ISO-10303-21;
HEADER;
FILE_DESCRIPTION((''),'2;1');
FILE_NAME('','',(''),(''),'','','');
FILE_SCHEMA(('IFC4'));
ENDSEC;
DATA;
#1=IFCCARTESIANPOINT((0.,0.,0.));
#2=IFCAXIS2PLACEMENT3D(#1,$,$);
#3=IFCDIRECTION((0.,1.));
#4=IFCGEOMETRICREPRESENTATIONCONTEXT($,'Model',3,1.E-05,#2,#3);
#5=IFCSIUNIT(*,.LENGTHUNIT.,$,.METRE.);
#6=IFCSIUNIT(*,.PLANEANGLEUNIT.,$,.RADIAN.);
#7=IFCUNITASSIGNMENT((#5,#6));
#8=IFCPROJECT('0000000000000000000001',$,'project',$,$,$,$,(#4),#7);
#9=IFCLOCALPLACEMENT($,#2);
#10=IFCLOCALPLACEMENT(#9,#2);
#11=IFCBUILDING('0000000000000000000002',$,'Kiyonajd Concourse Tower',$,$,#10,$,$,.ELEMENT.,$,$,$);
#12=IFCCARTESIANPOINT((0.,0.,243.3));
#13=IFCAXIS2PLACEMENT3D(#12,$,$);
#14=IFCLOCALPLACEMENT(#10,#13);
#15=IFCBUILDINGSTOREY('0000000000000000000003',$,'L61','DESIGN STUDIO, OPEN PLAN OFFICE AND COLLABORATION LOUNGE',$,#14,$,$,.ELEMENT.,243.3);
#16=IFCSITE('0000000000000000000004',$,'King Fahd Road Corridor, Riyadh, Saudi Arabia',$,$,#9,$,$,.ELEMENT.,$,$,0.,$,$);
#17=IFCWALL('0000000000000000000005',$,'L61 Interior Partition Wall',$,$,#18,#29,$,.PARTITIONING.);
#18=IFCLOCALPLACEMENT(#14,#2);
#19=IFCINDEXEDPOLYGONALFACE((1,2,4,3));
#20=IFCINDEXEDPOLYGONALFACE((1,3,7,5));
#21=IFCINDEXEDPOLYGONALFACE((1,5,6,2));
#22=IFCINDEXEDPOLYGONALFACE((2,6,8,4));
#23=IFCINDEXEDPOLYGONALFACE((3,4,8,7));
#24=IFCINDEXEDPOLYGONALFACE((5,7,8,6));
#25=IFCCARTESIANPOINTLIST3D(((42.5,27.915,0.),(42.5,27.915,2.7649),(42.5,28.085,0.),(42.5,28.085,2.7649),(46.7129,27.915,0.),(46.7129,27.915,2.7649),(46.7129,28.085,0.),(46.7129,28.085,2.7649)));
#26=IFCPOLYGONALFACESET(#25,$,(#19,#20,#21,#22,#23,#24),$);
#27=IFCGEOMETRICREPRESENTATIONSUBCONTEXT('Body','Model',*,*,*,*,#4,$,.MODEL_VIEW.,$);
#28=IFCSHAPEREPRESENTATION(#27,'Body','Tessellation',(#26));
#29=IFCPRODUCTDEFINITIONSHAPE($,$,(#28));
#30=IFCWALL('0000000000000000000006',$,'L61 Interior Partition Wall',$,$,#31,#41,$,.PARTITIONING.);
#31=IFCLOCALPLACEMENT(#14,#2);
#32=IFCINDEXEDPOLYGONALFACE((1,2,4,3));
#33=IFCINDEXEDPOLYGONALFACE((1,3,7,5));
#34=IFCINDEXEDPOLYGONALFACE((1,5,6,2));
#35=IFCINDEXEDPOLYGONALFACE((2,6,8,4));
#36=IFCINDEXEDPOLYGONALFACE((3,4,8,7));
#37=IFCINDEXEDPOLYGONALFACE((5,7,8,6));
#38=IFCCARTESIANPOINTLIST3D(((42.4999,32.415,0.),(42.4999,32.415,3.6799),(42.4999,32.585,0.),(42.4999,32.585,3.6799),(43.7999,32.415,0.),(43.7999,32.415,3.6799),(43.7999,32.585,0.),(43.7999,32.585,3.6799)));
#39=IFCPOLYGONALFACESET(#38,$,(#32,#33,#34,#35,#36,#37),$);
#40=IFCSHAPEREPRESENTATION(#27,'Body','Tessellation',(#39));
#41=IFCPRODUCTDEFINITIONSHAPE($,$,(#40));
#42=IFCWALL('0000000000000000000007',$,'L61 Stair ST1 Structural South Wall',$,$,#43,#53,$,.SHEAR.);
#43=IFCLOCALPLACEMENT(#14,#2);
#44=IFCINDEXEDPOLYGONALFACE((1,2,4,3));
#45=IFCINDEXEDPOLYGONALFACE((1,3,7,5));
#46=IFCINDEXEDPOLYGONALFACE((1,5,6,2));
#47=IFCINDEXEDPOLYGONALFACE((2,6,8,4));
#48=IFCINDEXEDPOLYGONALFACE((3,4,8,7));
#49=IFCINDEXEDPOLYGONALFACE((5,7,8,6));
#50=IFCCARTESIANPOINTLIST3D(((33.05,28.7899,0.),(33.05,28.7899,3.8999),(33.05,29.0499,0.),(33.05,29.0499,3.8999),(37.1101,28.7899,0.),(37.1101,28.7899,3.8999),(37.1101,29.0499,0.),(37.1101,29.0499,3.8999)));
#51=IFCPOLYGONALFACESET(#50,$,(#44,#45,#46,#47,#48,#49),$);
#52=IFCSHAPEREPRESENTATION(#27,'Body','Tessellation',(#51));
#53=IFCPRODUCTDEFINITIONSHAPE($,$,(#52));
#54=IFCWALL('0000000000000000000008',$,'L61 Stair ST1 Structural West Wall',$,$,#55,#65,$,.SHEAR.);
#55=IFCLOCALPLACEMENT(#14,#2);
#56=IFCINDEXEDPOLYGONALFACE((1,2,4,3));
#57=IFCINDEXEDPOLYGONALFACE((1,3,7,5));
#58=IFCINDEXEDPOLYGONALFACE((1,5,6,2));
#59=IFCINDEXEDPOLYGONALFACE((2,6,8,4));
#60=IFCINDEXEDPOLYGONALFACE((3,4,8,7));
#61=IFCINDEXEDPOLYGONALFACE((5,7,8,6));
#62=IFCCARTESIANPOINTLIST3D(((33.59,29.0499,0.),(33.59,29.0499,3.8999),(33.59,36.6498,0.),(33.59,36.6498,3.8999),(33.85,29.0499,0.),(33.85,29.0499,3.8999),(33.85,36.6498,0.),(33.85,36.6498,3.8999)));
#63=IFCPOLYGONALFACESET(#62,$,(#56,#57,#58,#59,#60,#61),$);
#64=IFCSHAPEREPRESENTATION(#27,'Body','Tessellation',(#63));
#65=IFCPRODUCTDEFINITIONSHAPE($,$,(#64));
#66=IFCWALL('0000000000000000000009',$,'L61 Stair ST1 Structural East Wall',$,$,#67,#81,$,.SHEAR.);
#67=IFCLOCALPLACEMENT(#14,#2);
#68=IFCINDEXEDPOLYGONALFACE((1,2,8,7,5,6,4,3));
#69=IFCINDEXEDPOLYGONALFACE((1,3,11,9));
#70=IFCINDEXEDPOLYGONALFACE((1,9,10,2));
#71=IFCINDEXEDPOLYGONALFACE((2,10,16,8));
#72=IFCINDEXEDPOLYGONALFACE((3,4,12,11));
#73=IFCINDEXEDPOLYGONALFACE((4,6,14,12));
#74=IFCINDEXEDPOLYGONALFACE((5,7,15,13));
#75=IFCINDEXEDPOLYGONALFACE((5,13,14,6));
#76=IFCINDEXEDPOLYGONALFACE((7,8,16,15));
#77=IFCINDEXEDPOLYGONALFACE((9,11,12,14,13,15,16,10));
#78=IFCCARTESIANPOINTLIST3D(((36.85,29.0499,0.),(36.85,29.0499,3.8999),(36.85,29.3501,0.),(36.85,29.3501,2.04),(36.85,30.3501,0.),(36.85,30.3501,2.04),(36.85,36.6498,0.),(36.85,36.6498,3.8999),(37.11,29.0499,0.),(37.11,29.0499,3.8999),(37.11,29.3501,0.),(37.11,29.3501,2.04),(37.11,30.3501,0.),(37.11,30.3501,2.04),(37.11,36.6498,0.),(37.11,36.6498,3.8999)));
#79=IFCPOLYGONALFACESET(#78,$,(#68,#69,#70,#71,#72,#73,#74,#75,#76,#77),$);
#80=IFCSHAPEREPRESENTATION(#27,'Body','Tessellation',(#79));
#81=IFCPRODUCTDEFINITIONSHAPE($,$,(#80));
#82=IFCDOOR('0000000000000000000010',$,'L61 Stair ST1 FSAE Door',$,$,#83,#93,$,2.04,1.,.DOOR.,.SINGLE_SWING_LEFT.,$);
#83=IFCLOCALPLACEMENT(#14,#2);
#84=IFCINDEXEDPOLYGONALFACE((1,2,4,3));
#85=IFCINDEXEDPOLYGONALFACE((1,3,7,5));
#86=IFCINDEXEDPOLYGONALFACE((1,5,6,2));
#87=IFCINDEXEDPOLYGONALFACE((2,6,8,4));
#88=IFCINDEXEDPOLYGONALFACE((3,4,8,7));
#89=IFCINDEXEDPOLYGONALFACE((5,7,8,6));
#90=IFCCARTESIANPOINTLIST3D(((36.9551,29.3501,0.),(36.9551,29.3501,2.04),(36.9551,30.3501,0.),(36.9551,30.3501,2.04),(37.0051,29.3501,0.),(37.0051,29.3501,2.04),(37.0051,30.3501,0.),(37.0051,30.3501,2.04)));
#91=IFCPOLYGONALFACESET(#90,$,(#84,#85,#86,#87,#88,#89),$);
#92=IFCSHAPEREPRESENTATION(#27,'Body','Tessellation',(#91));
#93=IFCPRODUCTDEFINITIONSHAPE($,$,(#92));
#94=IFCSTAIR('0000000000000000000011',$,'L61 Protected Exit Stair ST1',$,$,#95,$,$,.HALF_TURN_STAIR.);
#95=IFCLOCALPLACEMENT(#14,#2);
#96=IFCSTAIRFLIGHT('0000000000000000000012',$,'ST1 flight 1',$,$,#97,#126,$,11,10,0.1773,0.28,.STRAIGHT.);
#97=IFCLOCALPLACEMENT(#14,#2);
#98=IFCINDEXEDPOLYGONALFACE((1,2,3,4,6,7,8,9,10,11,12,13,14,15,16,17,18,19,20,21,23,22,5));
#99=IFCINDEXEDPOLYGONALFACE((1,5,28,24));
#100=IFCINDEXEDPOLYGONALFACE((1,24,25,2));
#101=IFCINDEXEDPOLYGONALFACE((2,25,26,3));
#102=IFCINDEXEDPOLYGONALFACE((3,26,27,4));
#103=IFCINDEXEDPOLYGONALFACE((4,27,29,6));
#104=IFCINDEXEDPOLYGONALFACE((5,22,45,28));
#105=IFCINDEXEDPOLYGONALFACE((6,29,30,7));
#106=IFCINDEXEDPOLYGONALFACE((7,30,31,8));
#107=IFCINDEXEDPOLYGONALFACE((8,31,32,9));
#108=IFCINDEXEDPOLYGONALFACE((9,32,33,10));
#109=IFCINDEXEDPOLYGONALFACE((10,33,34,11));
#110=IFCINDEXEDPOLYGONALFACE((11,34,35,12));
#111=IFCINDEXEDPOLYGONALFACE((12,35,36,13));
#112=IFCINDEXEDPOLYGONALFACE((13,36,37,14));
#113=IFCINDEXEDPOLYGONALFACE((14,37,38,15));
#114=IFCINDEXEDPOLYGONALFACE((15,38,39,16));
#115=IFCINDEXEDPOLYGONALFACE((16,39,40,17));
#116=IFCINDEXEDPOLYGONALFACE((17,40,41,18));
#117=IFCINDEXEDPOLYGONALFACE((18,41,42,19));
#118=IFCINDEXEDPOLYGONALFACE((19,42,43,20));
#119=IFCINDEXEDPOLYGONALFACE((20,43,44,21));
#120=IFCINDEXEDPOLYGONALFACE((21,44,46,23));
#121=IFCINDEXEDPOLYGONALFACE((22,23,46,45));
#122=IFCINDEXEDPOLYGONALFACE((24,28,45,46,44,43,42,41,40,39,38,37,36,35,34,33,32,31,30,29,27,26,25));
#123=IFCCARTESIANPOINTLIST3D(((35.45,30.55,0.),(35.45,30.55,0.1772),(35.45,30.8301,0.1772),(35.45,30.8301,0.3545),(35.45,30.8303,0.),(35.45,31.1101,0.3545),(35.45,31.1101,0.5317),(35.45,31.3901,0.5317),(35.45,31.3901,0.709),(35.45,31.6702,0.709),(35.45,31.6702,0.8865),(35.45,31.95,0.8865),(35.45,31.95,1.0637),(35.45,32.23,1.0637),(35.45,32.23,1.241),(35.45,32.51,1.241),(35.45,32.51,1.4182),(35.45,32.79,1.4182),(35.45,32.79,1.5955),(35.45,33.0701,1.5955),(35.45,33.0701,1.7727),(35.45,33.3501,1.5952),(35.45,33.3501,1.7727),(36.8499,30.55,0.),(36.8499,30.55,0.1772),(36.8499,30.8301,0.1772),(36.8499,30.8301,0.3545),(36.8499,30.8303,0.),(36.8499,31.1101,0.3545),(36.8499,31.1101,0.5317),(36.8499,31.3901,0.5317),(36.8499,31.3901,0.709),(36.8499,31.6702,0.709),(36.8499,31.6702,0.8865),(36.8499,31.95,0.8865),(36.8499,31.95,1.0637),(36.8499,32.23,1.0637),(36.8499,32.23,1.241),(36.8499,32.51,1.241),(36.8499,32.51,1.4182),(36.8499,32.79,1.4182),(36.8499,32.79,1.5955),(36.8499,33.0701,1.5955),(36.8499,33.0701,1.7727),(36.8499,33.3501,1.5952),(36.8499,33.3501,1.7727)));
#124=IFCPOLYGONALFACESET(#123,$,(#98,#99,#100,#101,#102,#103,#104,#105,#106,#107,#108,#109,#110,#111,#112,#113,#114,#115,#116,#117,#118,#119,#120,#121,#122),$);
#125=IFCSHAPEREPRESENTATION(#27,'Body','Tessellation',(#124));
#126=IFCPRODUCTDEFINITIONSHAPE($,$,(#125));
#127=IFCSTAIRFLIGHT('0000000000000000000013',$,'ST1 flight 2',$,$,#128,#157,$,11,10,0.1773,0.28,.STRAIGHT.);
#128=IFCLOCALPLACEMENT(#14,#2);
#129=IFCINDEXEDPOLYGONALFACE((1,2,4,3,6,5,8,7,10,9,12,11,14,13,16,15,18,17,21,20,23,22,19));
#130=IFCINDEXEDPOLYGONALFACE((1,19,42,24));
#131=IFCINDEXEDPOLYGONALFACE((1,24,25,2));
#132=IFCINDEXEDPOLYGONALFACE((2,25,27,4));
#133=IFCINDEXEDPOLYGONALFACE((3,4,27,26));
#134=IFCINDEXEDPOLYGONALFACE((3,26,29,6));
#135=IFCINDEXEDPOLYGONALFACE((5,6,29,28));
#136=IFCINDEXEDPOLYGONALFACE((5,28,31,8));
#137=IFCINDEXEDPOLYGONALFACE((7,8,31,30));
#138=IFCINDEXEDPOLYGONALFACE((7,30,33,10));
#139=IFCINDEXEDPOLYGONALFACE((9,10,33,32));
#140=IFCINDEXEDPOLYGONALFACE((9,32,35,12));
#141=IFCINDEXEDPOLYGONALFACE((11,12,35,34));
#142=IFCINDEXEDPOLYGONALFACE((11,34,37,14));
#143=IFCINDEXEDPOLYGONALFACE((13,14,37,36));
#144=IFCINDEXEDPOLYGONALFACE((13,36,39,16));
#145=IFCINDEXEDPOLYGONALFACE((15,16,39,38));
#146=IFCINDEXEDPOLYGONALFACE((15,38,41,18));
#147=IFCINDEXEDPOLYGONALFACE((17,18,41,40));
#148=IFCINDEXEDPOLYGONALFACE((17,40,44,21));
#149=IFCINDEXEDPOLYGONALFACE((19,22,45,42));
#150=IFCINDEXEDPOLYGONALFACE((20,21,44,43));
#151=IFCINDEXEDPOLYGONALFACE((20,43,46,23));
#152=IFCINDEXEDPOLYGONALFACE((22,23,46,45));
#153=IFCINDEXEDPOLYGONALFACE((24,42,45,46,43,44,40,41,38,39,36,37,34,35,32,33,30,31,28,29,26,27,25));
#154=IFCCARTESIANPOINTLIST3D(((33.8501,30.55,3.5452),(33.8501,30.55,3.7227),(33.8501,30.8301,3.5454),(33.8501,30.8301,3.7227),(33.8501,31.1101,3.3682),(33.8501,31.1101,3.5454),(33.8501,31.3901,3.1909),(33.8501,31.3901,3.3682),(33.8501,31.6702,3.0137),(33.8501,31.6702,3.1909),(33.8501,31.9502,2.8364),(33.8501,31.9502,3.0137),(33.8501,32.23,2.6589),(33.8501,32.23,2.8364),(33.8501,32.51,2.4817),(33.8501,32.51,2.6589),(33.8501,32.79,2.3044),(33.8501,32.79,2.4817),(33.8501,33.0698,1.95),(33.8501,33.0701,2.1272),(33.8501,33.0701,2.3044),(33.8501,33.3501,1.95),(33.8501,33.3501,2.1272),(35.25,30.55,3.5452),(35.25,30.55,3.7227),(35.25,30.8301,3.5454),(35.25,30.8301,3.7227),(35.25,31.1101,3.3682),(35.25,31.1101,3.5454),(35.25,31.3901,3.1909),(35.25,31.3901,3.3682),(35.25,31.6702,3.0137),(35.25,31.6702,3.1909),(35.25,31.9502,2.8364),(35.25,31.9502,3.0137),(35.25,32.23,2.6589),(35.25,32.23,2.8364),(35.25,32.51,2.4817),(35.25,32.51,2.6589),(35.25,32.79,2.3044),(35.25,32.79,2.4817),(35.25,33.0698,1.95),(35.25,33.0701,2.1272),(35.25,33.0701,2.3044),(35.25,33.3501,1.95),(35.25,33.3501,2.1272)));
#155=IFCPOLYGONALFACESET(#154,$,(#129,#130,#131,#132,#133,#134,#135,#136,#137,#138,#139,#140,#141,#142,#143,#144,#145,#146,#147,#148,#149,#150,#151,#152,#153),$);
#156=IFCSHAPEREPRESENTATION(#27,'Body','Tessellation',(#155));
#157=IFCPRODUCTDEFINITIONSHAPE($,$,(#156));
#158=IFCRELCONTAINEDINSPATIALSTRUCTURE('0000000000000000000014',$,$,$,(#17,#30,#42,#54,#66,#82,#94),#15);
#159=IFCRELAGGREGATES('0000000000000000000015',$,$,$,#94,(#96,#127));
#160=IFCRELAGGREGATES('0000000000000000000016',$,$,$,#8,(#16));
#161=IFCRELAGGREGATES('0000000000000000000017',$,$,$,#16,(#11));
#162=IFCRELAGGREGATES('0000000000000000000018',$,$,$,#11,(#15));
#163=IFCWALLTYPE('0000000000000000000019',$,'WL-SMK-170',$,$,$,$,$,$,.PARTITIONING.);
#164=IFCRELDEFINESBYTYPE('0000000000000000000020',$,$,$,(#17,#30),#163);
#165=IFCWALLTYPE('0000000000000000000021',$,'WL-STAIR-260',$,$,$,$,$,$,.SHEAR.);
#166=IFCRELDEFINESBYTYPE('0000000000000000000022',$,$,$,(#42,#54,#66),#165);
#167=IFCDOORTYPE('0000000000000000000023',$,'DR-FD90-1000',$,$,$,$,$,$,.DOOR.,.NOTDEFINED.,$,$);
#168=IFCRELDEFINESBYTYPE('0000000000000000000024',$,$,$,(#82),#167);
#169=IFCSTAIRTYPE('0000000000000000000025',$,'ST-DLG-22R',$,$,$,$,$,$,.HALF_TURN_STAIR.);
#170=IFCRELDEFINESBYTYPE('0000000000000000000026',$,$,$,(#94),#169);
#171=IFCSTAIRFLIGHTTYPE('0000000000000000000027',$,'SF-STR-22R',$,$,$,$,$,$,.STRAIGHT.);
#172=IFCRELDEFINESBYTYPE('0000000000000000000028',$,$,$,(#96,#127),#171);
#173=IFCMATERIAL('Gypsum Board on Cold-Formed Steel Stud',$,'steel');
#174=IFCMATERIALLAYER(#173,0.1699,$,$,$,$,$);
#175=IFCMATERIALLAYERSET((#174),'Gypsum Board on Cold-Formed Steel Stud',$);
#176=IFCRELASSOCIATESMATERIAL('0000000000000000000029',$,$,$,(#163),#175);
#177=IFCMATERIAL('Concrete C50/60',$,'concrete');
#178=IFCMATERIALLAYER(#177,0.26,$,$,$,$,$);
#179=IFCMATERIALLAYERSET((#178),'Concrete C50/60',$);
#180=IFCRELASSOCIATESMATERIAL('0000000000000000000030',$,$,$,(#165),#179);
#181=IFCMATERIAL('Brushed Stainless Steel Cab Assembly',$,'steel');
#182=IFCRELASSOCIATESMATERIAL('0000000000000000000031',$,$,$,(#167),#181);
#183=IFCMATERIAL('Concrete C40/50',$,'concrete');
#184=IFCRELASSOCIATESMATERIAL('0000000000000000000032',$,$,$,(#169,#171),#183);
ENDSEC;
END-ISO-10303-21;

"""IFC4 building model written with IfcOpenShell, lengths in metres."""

from ifc_helpers import new_model, si_unit, direction, frame, frame_2d, origin, place, context, subcontext, project, spatial, polyline, rectangle, outline, extrude, material, layer, layer_set, type_object, element, fill, aggregate, save


model = new_model("IFC4")

# Units and contexts
model_context = context("Model", 3, precision=1e-05, world=origin(), true_north=direction((0.0, 1.0)))
body_context = subcontext(model_context, "Body", "Model", "MODEL_VIEW")
ifc_project = project(units=[si_unit("LENGTHUNIT", "METRE"), si_unit("PLANEANGLEUNIT", "RADIAN")], contexts=[model_context])

# Site, building, storey
site_placement = place(None, origin())
site = spatial("IfcSite", under=ifc_project, at=site_placement, Name="King Fahd Road Corridor, Riyadh, Saudi Arabia", CompositionType="ELEMENT", RefElevation=0.0)
building_placement = place(site_placement, origin())
building = spatial("IfcBuilding", under=site, at=building_placement, Name="Kiyonajd Concourse Tower", CompositionType="ELEMENT")
storey_placement = place(building_placement, frame((0.0, 0.0, 243.3)))
storey = spatial("IfcBuildingStorey", under=building, at=storey_placement, Name="L61", Description="DESIGN STUDIO, OPEN PLAN OFFICE AND COLLABORATION LOUNGE", CompositionType="ELEMENT", Elevation=243.3)

# Shared definitions
ifc_material_1 = material(Name="Concrete C50/60", Category="concrete")

# Shared definitions
ifc_material_2 = material(Name="Gypsum Board on Cold-Formed Steel Stud", Category="steel")

# Shared definitions
ifc_material_3 = material(Name="Brushed Stainless Steel Cab Assembly", Category="steel")

# Walls
ifc_layer_1 = layer(ifc_material_2, 0.1699)
ifc_layer_set_1 = layer_set([ifc_layer_1], Name="Gypsum Board on Cold-Formed Steel Stud")
wall_type_1 = type_object("IfcWallType", Name="WL-SMK-170", PredefinedType="PARTITIONING", material=ifc_layer_set_1)
wall_1_placement = place(storey_placement, frame((42.5, 28.0, 0.0), z_axis=(0.0, 0.0, 1.0), x_axis=(1.0, 0.0, 0.0)))
element("IfcWall", 1, at=wall_1_placement, inside=storey, type_object=wall_type_1, Name="L61 Interior Partition Wall", PredefinedType="PARTITIONING", context=body_context, shape_type="SweptSolid", body=[
    extrude(rectangle(XDim=4.2129, YDim=0.1699, at=frame_2d((2.1064, 0.0))), origin(), (0.0, 0.0, 1.0), 2.7649),
])
wall_2_placement = place(storey_placement, frame((42.5, 32.5, 0.0), z_axis=(0.0, 0.0, 1.0), x_axis=(1.0, 0.0, 0.0)))
element("IfcWall", 2, at=wall_2_placement, inside=storey, type_object=wall_type_1, Name="L61 Interior Partition Wall", PredefinedType="PARTITIONING", context=body_context, shape_type="SweptSolid", body=[
    extrude(rectangle(XDim=1.3, YDim=0.1699, at=frame_2d((0.6499, 0.0))), origin(), (0.0, 0.0, 1.0), 3.6799),
])
ifc_layer_2 = layer(ifc_material_1, 0.26)
ifc_layer_set_2 = layer_set([ifc_layer_2], Name="Concrete C50/60")
wall_type_2 = type_object("IfcWallType", Name="WL-STAIR-260", PredefinedType="SHEAR", material=ifc_layer_set_2)
wall_3_placement = place(storey_placement, frame((33.05, 28.9199, 0.0), z_axis=(0.0, 0.0, 1.0), x_axis=(1.0, 0.0, 0.0)))
element("IfcWall", 3, at=wall_3_placement, inside=storey, type_object=wall_type_2, Name="L61 Stair ST1 Structural South Wall", PredefinedType="SHEAR", context=body_context, shape_type="SweptSolid", body=[
    extrude(rectangle(XDim=4.0601, YDim=0.26, at=frame_2d((2.03, 0.0))), origin(), (0.0, 0.0, 1.0), 3.8999),
])
wall_4_placement = place(storey_placement, frame((33.72, 29.05, 0.0), z_axis=(0.0, 0.0, 1.0), x_axis=(0.0, 1.0, 0.0)))
element("IfcWall", 4, at=wall_4_placement, inside=storey, type_object=wall_type_2, Name="L61 Stair ST1 Structural West Wall", PredefinedType="SHEAR", context=body_context, shape_type="SweptSolid", body=[
    extrude(rectangle(XDim=7.5999, YDim=0.26, at=frame_2d((3.7998, 0.0))), origin(), (0.0, 0.0, 1.0), 3.8999),
])

# Wall, opening, door
wall_5_placement = place(storey_placement, frame((36.98, 29.05, 0.0), z_axis=(0.0, 0.0, 1.0), x_axis=(0.0, 1.0, 0.0)))
wall_5 = element("IfcWall", 5, at=wall_5_placement, inside=storey, type_object=wall_type_2, Name="L61 Stair ST1 Structural East Wall", PredefinedType="SHEAR", context=body_context, shape_type="SweptSolid", body=[
    extrude(rectangle(XDim=7.5999, YDim=0.26, at=frame_2d((3.7998, 0.0))), origin(), (0.0, 0.0, 1.0), 3.8999),
])
opening_1_placement = place(wall_5_placement, frame((0.3, 0.0, 0.0)))
opening_1 = element("IfcOpeningElement", 6, at=opening_1_placement, cuts=wall_5, PredefinedType="OPENING", context=body_context, shape_type="SweptSolid", body=[
    extrude(rectangle(XDim=1.0, YDim=2.04, at=frame_2d((0.5, 1.02))), frame((0.0, 0.1399, 0.0), z_axis=(0.0, -1.0, 0.0), x_axis=(1.0, 0.0, 0.0)), (0.0, 0.0, 1.0), 0.28),
])
door_type_1 = type_object("IfcDoorType", Name="DR-FD90-1000", OperationType="NOTDEFINED", PredefinedType="DOOR", material=ifc_material_3)
door_1_placement = place(opening_1_placement, origin())
door_1 = element("IfcDoor", 7, at=door_1_placement, inside=storey, type_object=door_type_1, Name="L61 Stair ST1 FSAE Door", OperationType="SINGLE_SWING_LEFT", OverallHeight=2.04, OverallWidth=1.0, PredefinedType="DOOR", context=body_context, shape_type="SweptSolid", body=[
    extrude(rectangle(XDim=1.0, YDim=2.04, at=frame_2d((0.5, 1.02))), frame((0.0, 0.0249, 0.0), z_axis=(0.0, -1.0, 0.0), x_axis=(1.0, 0.0, 0.0)), (0.0, 0.0, 1.0), 0.05),
])
fill(opening_1, door_1)

# Stair, stair flights
ifc_material_4 = material(Name="Concrete C40/50", Category="concrete")
stair_type = type_object("IfcStairType", Name="ST-DLG-22R", PredefinedType="HALF_TURN_STAIR", material=ifc_material_4)
stair_placement = place(storey_placement, origin())
stair = element("IfcStair", 8, at=stair_placement, inside=storey, type_object=stair_type, Name="L61 Protected Exit Stair ST1", PredefinedType="HALF_TURN_STAIR")
stair_flight_type = type_object("IfcStairFlightType", Name="SF-STR-22R", PredefinedType="STRAIGHT", material=ifc_material_4)
stair_flight_1_placement = place(storey_placement, frame((36.1499, 30.55, 0.0), z_axis=(0.0, 0.0, 1.0), x_axis=(0.0, 1.0, 0.0)))
stair_flight_1 = element("IfcStairFlight", 9, at=stair_flight_1_placement, type_object=stair_flight_type, Name="ST1 flight 1", NumberOfRisers=11, NumberOfTreads=10, PredefinedType="STRAIGHT", RiserHeight=0.1773, TreadLength=0.28, context=body_context, shape_type="SweptSolid", body=[
    extrude(outline(polyline([(0.0, 0.0), (0.0, 0.1772), (0.28, 0.1772), (0.28, 0.3545), (0.5601, 0.3545), (0.5601, 0.5317), (0.8401, 0.5317), (0.8401, 0.709), (1.1201, 0.709), (1.1201, 0.8865), (1.3999, 0.8865), (1.3999, 1.0637), (1.6799, 1.0637), (1.6799, 1.241), (1.96, 1.241), (1.96, 1.4182), (2.24, 1.4182), (2.24, 1.5955), (2.52, 1.5955), (2.52, 1.7727), (2.8, 1.7727), (2.8, 1.95), (2.8, 1.5952), (0.2803, 0.0), (0.0, 0.0)])), frame((0.0, 0.7, 0.0), z_axis=(0.0, -1.0, 0.0), x_axis=(1.0, 0.0, 0.0)), (0.0, 0.0, 1.0), 1.3999),
])
stair_flight_2_placement = place(storey_placement, frame((34.55, 33.3501, 1.95), z_axis=(0.0, 0.0, 1.0), x_axis=(0.0, -1.0, 0.0)))
stair_flight_2 = element("IfcStairFlight", 10, at=stair_flight_2_placement, type_object=stair_flight_type, Name="ST1 flight 2", NumberOfRisers=11, NumberOfTreads=10, PredefinedType="STRAIGHT", RiserHeight=0.1773, TreadLength=0.28, context=body_context, shape_type="SweptSolid", body=[
    extrude(outline(polyline([(0.0, 0.0), (0.0, 0.1772), (0.28, 0.1772), (0.28, 0.3545), (0.5601, 0.3545), (0.5601, 0.5317), (0.8401, 0.5317), (0.8401, 0.709), (1.1201, 0.709), (1.1201, 0.8865), (1.3999, 0.8865), (1.3999, 1.0637), (1.6799, 1.0637), (1.6799, 1.241), (1.96, 1.241), (1.96, 1.4182), (2.24, 1.4182), (2.24, 1.5955), (2.52, 1.5955), (2.52, 1.7727), (2.8, 1.7727), (2.8, 1.95), (2.8, 1.5952), (0.2803, 0.0), (0.0, 0.0)])), frame((0.0, 0.7, 0.0), z_axis=(0.0, -1.0, 0.0), x_axis=(1.0, 0.0, 0.0)), (0.0, 0.0, 1.0), 1.3999),
])
aggregate(stair, [stair_flight_1, stair_flight_2])

save(model, "model.ifc")
